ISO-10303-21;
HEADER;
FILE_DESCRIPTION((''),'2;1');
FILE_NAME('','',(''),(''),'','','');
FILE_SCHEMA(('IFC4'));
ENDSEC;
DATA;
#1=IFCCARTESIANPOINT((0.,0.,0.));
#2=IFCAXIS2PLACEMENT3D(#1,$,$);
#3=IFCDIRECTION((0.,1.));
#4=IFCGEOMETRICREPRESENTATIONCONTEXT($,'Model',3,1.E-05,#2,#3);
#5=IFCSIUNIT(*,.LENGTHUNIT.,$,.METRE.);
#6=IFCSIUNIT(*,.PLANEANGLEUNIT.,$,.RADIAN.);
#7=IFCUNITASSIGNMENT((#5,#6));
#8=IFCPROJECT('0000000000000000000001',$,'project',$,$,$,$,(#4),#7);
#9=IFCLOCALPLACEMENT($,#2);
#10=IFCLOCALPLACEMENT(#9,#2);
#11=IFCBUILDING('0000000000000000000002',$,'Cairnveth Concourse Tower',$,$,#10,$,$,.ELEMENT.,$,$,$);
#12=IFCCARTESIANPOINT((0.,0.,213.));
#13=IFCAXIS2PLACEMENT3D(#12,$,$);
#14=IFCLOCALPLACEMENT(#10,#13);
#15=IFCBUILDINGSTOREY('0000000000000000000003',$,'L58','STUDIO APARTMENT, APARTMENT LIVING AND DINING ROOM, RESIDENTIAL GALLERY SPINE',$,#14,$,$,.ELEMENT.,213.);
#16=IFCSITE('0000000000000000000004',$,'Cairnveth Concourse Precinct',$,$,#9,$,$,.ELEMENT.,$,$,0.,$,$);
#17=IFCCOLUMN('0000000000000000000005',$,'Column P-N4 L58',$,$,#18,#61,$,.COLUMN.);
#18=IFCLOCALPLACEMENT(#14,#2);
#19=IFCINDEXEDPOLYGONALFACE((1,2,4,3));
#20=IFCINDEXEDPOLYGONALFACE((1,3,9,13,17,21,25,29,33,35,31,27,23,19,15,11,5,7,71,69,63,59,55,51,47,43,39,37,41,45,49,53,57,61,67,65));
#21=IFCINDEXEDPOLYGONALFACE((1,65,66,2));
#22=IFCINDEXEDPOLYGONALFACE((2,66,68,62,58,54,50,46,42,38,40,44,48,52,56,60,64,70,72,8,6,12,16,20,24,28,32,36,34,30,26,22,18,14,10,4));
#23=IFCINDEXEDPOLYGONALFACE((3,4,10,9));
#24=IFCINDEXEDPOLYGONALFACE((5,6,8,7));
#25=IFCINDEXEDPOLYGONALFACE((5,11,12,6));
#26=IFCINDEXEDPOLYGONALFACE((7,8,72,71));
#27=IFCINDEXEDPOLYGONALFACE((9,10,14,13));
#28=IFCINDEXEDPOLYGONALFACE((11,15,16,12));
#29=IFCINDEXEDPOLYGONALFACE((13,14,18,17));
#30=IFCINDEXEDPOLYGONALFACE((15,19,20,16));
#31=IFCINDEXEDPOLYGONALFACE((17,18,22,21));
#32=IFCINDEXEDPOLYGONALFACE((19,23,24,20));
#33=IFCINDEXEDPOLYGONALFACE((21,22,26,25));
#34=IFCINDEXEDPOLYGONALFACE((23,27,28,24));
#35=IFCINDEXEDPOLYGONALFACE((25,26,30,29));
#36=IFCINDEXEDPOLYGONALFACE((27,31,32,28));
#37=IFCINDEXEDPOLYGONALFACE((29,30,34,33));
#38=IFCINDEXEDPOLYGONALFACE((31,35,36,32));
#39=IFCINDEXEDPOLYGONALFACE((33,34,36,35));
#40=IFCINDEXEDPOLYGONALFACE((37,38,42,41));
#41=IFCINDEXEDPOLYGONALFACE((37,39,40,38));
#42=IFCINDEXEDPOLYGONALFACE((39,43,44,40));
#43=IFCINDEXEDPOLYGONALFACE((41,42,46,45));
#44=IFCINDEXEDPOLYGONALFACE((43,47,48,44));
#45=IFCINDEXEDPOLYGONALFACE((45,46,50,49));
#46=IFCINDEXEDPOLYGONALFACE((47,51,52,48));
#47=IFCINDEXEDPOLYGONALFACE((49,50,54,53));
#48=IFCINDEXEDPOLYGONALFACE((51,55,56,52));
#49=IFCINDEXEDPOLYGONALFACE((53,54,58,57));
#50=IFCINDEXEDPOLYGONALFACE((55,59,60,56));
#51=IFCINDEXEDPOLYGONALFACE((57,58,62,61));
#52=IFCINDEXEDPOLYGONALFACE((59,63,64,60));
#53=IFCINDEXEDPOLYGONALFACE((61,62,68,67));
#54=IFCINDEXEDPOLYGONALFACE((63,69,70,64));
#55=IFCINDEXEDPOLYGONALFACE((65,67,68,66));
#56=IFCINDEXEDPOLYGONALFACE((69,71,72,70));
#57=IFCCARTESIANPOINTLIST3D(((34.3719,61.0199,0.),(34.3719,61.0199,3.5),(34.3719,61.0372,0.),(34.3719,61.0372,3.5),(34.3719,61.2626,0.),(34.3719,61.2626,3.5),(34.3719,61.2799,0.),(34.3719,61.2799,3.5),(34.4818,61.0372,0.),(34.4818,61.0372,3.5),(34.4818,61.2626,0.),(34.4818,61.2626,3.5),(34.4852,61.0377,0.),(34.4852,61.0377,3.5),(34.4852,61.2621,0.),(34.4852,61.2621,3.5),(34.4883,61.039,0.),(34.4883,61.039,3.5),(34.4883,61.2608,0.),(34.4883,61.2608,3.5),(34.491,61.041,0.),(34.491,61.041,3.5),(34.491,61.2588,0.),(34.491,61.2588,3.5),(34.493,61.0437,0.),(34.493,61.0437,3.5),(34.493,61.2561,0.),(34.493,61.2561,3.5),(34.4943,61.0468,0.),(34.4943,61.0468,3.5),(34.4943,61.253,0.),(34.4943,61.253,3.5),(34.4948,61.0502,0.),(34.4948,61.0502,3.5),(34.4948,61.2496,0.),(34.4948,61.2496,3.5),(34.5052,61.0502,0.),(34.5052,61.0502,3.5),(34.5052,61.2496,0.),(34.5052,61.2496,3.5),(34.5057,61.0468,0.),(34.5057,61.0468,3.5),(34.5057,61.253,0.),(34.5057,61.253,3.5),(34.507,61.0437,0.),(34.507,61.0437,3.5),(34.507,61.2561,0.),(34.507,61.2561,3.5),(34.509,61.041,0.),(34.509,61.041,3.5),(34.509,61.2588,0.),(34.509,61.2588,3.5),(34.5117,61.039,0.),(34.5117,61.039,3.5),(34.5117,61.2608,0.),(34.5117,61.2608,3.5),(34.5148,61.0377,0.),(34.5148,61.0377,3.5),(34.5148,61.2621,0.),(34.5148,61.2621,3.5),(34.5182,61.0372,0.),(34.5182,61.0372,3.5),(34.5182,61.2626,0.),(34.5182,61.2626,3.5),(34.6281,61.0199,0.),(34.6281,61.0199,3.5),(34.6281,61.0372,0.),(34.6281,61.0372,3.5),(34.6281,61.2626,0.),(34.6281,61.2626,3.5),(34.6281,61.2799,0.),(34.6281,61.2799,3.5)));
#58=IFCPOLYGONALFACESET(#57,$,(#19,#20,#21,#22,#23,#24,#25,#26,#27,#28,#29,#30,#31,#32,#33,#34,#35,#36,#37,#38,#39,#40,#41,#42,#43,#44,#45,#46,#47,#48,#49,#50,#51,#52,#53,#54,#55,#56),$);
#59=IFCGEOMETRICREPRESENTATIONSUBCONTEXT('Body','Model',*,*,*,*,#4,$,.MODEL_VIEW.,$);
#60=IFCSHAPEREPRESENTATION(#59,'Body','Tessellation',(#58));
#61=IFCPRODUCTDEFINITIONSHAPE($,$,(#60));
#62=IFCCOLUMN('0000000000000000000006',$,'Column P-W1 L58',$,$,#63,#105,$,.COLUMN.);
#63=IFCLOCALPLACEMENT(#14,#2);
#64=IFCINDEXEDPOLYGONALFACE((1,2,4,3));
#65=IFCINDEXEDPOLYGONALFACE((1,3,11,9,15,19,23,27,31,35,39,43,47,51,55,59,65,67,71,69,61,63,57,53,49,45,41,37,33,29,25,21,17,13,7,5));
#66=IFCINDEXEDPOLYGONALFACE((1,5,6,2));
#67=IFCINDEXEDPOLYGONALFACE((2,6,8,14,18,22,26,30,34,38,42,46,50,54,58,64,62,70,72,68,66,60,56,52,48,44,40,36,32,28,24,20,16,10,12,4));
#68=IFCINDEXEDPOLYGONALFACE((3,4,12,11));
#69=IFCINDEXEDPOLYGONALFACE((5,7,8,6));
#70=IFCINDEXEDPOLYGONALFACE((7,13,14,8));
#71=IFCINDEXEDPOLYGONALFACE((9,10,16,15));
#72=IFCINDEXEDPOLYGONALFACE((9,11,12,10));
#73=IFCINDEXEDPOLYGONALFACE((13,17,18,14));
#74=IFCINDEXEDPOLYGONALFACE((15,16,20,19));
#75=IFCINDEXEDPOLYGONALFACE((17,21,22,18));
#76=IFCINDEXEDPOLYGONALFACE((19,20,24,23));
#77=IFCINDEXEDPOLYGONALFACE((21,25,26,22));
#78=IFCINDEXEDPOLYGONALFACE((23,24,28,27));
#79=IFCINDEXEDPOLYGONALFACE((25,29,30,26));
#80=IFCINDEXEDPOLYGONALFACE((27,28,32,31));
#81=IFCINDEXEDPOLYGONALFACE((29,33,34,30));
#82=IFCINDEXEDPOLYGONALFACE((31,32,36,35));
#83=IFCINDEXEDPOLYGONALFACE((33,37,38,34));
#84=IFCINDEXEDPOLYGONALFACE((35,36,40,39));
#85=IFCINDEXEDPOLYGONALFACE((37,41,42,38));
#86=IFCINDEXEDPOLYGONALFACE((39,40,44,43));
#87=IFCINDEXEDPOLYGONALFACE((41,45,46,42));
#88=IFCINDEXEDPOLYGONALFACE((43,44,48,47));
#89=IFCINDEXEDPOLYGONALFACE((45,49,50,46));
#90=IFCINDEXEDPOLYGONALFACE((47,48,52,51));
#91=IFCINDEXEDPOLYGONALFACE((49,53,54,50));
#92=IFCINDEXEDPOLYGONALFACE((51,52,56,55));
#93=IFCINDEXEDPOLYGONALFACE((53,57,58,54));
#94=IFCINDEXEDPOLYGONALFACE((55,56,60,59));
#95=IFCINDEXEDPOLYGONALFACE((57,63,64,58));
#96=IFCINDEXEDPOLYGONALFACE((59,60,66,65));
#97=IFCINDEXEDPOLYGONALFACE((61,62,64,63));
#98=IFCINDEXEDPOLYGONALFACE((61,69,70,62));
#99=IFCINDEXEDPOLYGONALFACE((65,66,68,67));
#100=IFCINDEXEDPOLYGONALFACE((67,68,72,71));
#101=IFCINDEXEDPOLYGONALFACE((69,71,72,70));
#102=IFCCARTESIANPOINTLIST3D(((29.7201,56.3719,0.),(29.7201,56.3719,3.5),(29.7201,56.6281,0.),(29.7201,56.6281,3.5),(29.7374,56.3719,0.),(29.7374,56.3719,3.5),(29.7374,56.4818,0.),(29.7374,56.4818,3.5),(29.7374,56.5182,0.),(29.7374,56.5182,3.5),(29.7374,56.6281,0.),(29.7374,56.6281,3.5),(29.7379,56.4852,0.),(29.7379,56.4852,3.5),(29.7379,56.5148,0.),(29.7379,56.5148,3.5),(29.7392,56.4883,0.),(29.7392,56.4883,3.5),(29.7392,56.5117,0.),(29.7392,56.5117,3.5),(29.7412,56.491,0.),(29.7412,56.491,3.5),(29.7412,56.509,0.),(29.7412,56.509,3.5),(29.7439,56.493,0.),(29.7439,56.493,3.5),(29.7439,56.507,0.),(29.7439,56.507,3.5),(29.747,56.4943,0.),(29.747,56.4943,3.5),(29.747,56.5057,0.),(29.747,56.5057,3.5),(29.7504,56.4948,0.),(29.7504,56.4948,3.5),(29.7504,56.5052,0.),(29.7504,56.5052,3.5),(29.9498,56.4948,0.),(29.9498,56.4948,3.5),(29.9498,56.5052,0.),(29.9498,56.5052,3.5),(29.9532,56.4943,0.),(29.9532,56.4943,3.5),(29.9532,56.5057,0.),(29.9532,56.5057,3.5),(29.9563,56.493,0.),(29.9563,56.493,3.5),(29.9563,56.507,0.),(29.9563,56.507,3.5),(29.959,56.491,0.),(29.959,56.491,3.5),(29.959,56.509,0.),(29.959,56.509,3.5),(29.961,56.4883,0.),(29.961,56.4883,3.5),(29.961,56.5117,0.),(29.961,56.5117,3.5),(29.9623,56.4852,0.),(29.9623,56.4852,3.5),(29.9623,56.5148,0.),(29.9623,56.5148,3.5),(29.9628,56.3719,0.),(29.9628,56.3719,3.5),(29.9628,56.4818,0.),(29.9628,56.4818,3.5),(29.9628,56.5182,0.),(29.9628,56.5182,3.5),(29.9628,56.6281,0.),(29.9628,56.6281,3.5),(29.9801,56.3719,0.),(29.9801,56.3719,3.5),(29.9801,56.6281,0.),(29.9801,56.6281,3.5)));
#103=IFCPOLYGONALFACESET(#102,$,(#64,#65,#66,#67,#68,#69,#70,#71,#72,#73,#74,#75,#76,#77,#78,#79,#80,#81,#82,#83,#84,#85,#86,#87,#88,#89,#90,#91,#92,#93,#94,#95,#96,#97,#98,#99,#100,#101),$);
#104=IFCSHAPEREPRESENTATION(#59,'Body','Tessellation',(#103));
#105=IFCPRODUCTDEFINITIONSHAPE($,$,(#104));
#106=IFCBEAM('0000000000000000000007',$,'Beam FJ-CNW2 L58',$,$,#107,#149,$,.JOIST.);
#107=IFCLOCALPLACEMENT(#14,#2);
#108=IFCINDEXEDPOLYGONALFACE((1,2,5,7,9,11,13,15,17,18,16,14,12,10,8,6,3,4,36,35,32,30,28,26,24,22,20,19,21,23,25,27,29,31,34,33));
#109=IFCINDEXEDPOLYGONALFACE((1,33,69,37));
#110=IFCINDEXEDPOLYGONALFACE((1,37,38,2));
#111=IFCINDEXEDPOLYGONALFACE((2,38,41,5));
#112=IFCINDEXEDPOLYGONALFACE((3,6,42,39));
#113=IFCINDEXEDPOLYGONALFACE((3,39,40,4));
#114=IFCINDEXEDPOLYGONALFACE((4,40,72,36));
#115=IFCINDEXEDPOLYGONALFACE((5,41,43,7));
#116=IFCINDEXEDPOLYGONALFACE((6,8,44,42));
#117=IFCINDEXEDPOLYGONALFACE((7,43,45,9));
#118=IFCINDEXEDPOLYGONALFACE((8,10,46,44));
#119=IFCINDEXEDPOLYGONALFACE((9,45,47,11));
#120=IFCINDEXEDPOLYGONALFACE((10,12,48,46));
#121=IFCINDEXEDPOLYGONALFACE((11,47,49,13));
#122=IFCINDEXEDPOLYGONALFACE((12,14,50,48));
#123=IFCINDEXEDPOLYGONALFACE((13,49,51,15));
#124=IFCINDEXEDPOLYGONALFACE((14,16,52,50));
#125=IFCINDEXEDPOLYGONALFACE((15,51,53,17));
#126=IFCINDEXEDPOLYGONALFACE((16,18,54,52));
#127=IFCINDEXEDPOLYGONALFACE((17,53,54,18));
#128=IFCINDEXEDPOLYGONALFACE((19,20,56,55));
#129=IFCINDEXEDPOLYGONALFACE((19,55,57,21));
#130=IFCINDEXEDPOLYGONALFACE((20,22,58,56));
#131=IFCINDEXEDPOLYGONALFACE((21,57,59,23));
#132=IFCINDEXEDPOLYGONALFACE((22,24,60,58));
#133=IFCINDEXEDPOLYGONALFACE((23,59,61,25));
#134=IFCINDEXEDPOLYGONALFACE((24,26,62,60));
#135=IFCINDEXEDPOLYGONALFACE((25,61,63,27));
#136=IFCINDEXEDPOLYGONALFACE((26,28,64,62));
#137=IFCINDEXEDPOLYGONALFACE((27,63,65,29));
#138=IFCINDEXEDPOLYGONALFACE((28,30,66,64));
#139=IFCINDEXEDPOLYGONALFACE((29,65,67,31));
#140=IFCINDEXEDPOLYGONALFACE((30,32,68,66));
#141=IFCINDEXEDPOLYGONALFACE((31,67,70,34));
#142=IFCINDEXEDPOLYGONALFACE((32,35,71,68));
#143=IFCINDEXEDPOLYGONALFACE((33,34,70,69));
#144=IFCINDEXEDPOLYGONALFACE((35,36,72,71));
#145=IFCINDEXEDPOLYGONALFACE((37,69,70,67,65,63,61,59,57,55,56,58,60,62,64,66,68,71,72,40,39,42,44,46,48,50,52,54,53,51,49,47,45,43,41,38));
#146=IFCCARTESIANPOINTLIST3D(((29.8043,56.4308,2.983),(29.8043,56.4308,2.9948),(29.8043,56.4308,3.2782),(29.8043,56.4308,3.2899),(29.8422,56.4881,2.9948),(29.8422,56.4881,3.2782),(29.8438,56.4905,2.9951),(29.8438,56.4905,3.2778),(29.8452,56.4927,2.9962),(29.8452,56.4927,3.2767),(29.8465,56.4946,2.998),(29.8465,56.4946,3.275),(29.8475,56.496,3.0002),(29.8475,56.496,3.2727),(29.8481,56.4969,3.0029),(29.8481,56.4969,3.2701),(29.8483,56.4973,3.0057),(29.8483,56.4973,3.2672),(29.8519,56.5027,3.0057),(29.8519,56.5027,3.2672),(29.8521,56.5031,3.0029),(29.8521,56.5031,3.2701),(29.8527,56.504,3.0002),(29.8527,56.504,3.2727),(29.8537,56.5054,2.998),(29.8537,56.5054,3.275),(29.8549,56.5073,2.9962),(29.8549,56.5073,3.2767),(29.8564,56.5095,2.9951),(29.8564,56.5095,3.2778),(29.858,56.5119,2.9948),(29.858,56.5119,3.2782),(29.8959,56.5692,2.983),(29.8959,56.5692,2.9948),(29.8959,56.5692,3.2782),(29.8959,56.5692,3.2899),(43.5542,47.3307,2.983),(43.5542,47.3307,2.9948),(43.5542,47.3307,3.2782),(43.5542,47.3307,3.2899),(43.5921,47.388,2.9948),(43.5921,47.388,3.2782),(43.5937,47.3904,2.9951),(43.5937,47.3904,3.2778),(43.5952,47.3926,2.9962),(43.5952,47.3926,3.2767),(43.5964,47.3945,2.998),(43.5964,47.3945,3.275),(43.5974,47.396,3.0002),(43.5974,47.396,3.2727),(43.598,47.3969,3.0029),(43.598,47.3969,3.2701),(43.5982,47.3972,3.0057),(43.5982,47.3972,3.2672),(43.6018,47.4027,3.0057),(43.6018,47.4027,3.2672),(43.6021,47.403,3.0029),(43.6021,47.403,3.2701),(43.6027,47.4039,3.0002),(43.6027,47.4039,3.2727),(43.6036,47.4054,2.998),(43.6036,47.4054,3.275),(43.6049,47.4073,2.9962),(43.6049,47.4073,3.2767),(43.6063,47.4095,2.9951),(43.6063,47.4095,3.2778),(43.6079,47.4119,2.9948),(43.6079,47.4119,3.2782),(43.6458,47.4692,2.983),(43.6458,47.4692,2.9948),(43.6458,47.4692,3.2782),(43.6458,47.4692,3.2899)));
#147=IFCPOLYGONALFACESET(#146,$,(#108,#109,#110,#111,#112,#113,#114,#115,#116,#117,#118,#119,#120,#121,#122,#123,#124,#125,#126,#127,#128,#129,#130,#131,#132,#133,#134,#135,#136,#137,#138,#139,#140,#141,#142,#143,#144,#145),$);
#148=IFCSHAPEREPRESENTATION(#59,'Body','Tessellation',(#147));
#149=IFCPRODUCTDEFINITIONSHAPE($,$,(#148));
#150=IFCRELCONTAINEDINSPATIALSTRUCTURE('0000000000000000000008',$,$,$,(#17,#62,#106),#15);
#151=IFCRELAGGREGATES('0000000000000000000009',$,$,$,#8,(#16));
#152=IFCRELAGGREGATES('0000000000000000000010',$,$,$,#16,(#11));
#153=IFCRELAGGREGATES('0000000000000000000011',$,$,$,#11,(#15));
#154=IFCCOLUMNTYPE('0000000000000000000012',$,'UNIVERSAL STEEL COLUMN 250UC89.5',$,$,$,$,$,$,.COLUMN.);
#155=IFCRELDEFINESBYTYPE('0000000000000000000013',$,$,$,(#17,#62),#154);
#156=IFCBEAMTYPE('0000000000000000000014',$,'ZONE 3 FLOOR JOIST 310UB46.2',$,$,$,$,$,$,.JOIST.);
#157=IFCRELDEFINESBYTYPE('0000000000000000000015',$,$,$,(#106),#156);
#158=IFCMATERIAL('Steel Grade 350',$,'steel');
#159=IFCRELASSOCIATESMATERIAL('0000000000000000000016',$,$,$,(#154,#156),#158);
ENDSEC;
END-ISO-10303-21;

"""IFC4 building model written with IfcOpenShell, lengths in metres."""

from ifc_helpers import new_model, si_unit, direction, frame, origin, origin_2d, place, context, subcontext, project, spatial, i_section, extrude, material, material_profile, profile_set, type_object, element, save


model = new_model("IFC4")

# Units and contexts
model_context = context("Model", 3, precision=1e-05, world=origin(), true_north=direction((0.0, 1.0)))
body_context = subcontext(model_context, "Body", "Model", "MODEL_VIEW")
ifc_project = project(units=[si_unit("LENGTHUNIT", "METRE"), si_unit("PLANEANGLEUNIT", "RADIAN")], contexts=[model_context])

# Site, building, storey
site_placement = place(None, origin())
site = spatial("IfcSite", under=ifc_project, at=site_placement, Name="Cairnveth Concourse Precinct", CompositionType="ELEMENT", RefElevation=0.0)
building_placement = place(site_placement, origin())
building = spatial("IfcBuilding", under=site, at=building_placement, Name="Cairnveth Concourse Tower", CompositionType="ELEMENT")
storey_placement = place(building_placement, frame((0.0, 0.0, 213.0)))
storey = spatial("IfcBuildingStorey", under=building, at=storey_placement, Name="L58", Description="STUDIO APARTMENT, APARTMENT LIVING AND DINING ROOM, RESIDENTIAL GALLERY SPINE", CompositionType="ELEMENT", Elevation=213.0)

# Columns
ifc_material_1 = material(Name="Steel Grade 350", Category="steel")
ifc_material_profile_1 = material_profile(ifc_material_1, i_section(OverallWidth=0.2561, OverallDepth=0.26, WebThickness=0.0105, FlangeThickness=0.0173, FilletRadius=0.0129, at=origin_2d()), Name="250UC89.5")
ifc_profile_set_1 = profile_set([ifc_material_profile_1], Name="Steel Grade 350")
column_type = type_object("IfcColumnType", Name="UNIVERSAL STEEL COLUMN 250UC89.5", PredefinedType="COLUMN", material=ifc_profile_set_1)
for number, where, z_axis, x_axis, name in (
    (1, (34.5, 61.1499, 0.0), (0.0, 0.0, 1.0), (1.0, 0.0, 0.0), "Column P-N4 L58"),
    (2, (29.8501, 56.5, 0.0), (0.0, 0.0, 1.0), (0.0, 1.0, 0.0), "Column P-W1 L58"),
):
    element("IfcColumn", number, at=place(storey_placement, frame(where, z_axis=z_axis, x_axis=x_axis)), inside=storey, type_object=column_type, Name=name, PredefinedType="COLUMN", context=body_context, shape_type="SweptSolid", body=[
        extrude(i_section(OverallWidth=0.2561, OverallDepth=0.26, WebThickness=0.0105, FlangeThickness=0.0173, FilletRadius=0.0129, at=origin_2d()), origin(), (0.0, 0.0, 1.0), 3.5),
    ])

# Beam
ifc_material_profile_2 = material_profile(ifc_material_1, i_section(OverallWidth=0.166, OverallDepth=0.3069, WebThickness=0.0066, FlangeThickness=0.0117, FilletRadius=0.011, at=origin_2d()), Name="310UB46.2")
ifc_profile_set_2 = profile_set([ifc_material_profile_2], Name="Steel Grade 350")
beam_type_1 = type_object("IfcBeamType", Name="ZONE 3 FLOOR JOIST 310UB46.2", PredefinedType="JOIST", material=ifc_profile_set_2)
beam_1_placement = place(storey_placement, frame((29.8501, 56.5, 3.1365), z_axis=(0.833909, -0.551902, 0.0), x_axis=(0.551902, 0.833909, 0.0)))
element("IfcBeam", 3, at=beam_1_placement, inside=storey, type_object=beam_type_1, Name="Beam FJ-CNW2 L58", PredefinedType="JOIST", context=body_context, shape_type="SweptSolid", body=[
    extrude(i_section(OverallWidth=0.166, OverallDepth=0.3069, WebThickness=0.0066, FlangeThickness=0.0117, FilletRadius=0.011, at=origin_2d()), origin(), (0.0, 0.0, 1.0), 16.4885),
])

save(model, "model.ifc")
